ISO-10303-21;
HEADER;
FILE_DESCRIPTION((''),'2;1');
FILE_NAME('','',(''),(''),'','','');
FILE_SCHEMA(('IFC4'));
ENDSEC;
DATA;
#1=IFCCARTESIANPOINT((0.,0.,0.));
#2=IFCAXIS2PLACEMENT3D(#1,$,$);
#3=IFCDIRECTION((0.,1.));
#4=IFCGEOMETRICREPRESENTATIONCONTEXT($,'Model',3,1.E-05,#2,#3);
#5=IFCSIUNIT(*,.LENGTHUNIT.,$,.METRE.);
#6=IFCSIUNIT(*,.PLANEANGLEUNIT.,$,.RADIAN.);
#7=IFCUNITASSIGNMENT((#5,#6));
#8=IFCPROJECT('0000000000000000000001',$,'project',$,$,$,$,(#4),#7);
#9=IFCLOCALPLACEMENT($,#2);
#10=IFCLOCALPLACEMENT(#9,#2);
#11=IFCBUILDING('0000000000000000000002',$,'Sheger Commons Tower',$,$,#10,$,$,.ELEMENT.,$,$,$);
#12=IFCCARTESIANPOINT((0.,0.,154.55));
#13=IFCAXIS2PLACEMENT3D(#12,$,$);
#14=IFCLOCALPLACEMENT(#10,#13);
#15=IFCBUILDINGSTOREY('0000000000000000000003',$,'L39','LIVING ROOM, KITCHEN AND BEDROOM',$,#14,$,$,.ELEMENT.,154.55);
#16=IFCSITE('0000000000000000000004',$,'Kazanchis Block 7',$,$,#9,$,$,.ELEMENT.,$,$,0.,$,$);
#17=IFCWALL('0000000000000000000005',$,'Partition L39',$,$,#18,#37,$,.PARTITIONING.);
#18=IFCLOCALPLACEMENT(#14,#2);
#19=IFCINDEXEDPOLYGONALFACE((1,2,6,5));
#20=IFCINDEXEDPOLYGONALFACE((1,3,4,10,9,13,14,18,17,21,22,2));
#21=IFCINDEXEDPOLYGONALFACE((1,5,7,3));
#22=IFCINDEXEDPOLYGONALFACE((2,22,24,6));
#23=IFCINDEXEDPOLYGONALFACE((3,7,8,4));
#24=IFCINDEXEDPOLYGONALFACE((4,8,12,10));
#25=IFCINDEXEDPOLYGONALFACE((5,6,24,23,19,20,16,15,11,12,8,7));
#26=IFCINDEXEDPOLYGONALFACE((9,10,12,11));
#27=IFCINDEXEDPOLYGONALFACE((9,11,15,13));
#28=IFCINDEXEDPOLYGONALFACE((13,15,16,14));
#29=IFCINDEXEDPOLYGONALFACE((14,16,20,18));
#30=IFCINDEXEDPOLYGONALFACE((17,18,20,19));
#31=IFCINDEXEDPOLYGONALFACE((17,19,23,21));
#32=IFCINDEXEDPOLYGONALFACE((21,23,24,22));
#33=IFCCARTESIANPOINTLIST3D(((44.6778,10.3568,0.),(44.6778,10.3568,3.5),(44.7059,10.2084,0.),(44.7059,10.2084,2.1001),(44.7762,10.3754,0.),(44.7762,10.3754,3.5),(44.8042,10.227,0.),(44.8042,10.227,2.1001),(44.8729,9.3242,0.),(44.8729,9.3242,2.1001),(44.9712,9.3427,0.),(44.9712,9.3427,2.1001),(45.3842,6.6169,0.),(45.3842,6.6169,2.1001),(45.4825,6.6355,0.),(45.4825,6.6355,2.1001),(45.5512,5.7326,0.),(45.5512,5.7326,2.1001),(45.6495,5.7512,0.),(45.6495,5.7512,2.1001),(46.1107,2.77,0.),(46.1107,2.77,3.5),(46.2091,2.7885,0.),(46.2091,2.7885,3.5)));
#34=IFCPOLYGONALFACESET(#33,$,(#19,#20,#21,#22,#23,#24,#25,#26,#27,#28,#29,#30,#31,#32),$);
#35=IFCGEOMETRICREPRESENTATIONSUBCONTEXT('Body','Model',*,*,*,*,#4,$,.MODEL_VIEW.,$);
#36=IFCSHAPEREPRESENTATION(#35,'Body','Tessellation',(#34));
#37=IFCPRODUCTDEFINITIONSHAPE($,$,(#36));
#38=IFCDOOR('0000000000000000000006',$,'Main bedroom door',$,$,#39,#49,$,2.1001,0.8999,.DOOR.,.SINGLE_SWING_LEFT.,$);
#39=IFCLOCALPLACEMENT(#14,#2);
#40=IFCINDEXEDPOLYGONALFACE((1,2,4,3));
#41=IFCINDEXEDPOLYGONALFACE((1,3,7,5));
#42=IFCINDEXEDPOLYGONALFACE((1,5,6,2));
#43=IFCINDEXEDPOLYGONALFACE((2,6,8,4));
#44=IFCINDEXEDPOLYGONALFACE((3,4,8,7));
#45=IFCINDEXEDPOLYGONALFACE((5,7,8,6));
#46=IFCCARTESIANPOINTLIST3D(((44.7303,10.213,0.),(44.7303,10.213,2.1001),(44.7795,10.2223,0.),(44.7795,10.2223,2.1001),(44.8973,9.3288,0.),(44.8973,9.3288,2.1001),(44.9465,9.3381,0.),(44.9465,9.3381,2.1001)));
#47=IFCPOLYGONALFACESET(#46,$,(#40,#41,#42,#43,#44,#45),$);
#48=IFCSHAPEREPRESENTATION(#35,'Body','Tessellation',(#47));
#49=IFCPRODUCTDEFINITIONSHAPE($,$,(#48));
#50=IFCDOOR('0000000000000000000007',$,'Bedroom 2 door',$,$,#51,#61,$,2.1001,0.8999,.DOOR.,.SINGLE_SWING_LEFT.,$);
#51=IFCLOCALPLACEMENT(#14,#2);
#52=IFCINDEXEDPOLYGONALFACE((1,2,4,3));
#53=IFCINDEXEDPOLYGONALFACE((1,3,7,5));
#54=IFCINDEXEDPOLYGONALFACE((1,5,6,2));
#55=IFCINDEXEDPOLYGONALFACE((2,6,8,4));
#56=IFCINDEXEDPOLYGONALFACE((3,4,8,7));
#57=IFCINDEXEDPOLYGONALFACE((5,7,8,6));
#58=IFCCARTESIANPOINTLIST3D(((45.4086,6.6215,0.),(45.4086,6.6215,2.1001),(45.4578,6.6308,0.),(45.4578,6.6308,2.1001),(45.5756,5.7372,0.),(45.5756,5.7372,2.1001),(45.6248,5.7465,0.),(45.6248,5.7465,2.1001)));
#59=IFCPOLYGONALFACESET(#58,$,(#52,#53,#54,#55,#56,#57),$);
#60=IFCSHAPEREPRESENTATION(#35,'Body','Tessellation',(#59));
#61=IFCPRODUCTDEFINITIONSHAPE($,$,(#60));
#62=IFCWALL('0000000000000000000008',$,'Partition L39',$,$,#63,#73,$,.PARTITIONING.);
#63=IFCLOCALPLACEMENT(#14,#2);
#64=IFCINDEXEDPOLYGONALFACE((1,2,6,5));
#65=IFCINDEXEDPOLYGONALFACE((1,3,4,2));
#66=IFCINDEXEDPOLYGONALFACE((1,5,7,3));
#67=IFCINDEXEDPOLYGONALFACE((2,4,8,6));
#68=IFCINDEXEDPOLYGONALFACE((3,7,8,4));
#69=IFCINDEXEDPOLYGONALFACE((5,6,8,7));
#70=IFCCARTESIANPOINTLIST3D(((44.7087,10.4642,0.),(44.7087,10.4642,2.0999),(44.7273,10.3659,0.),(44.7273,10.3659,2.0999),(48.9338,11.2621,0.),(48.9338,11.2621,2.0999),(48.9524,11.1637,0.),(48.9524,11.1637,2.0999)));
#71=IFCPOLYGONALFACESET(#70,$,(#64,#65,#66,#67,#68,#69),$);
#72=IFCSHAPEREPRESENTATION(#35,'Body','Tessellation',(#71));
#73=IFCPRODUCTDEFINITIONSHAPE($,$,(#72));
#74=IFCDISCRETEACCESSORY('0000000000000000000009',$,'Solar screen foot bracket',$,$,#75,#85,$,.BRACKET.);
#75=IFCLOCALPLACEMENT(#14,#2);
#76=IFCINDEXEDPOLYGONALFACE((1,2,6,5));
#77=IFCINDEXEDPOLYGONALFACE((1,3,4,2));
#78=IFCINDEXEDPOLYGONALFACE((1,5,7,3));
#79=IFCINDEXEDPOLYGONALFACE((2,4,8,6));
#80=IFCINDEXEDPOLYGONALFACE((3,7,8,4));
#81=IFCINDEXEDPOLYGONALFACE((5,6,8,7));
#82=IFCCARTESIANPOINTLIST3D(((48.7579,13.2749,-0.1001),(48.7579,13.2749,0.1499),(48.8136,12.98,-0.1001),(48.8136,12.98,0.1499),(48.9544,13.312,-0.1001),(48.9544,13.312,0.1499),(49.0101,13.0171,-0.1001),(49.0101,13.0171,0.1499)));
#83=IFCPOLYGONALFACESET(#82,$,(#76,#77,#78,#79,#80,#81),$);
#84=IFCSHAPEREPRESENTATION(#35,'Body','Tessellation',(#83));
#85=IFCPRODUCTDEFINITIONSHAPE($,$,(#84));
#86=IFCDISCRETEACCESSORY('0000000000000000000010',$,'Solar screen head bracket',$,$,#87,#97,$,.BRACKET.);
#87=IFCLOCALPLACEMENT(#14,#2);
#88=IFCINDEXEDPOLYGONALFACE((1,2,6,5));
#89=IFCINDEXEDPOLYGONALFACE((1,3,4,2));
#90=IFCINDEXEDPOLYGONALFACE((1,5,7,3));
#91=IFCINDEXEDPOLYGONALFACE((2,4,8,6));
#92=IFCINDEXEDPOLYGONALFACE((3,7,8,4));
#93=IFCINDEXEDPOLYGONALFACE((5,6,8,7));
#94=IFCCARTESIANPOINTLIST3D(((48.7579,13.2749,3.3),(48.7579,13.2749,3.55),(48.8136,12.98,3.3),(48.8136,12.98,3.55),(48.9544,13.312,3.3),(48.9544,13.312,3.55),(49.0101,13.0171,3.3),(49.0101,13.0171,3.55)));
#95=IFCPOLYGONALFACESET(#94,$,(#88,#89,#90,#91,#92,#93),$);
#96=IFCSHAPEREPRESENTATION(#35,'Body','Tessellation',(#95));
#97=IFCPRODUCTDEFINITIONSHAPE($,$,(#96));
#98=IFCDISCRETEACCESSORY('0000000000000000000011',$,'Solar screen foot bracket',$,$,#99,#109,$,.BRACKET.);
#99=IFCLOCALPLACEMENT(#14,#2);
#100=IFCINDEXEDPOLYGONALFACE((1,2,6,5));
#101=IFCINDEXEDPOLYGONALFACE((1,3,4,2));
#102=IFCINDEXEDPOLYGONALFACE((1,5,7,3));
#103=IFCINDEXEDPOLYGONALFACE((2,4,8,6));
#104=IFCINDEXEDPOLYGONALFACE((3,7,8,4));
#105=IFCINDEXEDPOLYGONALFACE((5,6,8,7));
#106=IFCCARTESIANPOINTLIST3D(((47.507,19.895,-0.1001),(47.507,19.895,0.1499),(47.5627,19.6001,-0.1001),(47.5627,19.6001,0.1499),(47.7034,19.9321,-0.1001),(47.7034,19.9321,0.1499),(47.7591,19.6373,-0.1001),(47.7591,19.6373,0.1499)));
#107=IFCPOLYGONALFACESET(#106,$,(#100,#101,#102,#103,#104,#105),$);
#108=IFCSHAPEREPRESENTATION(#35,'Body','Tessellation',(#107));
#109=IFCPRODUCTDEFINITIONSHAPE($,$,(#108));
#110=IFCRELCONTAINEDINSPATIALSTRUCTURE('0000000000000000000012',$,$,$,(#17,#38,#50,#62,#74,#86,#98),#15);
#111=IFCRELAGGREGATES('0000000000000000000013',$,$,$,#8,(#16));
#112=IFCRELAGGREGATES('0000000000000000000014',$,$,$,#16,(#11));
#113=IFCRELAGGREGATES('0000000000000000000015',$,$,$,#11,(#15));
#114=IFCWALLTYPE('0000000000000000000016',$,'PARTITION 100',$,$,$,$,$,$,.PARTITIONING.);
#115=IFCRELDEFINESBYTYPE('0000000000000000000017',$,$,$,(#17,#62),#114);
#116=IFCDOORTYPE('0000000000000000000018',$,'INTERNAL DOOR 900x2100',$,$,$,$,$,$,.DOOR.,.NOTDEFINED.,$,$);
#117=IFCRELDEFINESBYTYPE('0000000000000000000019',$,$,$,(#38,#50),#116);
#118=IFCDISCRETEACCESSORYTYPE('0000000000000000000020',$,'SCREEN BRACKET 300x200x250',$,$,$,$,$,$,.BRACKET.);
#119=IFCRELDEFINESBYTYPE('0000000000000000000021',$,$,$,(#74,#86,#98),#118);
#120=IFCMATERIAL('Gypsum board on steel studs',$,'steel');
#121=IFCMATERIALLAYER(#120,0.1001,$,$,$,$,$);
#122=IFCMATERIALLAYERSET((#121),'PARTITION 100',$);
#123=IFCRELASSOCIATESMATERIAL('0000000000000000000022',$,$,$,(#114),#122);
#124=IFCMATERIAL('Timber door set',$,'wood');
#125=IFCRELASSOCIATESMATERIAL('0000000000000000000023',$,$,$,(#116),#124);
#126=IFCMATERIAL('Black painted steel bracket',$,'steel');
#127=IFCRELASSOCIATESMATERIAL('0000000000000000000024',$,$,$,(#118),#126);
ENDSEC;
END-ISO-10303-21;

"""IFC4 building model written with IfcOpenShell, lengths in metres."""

from ifc_helpers import new_model, si_unit, direction, frame, frame_2d, origin, origin_2d, place, context, subcontext, project, spatial, rectangle, extrude, material, layer, layer_set, type_object, element, fill, save


model = new_model("IFC4")

# Units and contexts
model_context = context("Model", 3, precision=1e-05, world=origin(), true_north=direction((0.0, 1.0)))
body_context = subcontext(model_context, "Body", "Model", "MODEL_VIEW")
ifc_project = project(units=[si_unit("LENGTHUNIT", "METRE"), si_unit("PLANEANGLEUNIT", "RADIAN")], contexts=[model_context])

# Site, building, storey
site_placement = place(None, origin())
site = spatial("IfcSite", under=ifc_project, at=site_placement, Name="Kazanchis Block 7", CompositionType="ELEMENT", RefElevation=0.0)
building_placement = place(site_placement, origin())
building = spatial("IfcBuilding", under=site, at=building_placement, Name="Sheger Commons Tower", CompositionType="ELEMENT")
storey_placement = place(building_placement, frame((0.0, 0.0, 154.55)))
storey = spatial("IfcBuildingStorey", under=building, at=storey_placement, Name="L39", Description="LIVING ROOM, KITCHEN AND BEDROOM", CompositionType="ELEMENT", Elevation=154.55)

# Shared definitions
ifc_material_1 = material(Name="Gypsum board on steel studs", Category="steel")
ifc_layer_1 = layer(ifc_material_1, 0.1001)
ifc_layer_set_1 = layer_set([ifc_layer_1], Name="PARTITION 100")
wall_type_1 = type_object("IfcWallType", Name="PARTITION 100", PredefinedType="PARTITIONING", material=ifc_layer_set_1)

# Shared definitions
ifc_material_2 = material(Name="Timber door set", Category="wood")
door_type = type_object("IfcDoorType", Name="INTERNAL DOOR 900x2100", OperationType="NOTDEFINED", PredefinedType="DOOR", material=ifc_material_2)

# Wall, openings, doors
wall_1_placement = place(storey_placement, frame((44.7271, 10.366, 0.0), z_axis=(0.0, 0.0, 1.0), x_axis=(0.185579, -0.982629, 0.0)))
wall_1 = element("IfcWall", 1, at=wall_1_placement, inside=storey, type_object=wall_type_1, Name="Partition L39", PredefinedType="PARTITIONING", context=body_context, shape_type="SweptSolid", body=[
    extrude(rectangle(XDim=7.7209, YDim=0.1001, at=frame_2d((3.8604, 0.0))), origin(), (0.0, 0.0, 1.0), 3.5),
])
opening_1_placement = place(wall_1_placement, frame((0.1509, 0.0, 0.0)))
opening_1 = element("IfcOpeningElement", 2, at=opening_1_placement, cuts=wall_1, PredefinedType="OPENING", context=body_context, shape_type="SweptSolid", body=[
    extrude(rectangle(XDim=0.8999, YDim=2.1001, at=frame_2d((0.45, 1.05))), frame((0.0, 0.0601, 0.0), z_axis=(0.0, -1.0, 0.0), x_axis=(1.0, 0.0, 0.0)), (0.0, 0.0, 1.0), 0.1201),
])
opening_2_placement = place(wall_1_placement, frame((3.8059, 0.0, 0.0)))
opening_2 = element("IfcOpeningElement", 3, at=opening_2_placement, cuts=wall_1, PredefinedType="OPENING", context=body_context, shape_type="SweptSolid", body=[
    extrude(rectangle(XDim=0.8999, YDim=2.1001, at=frame_2d((0.45, 1.05))), frame((0.0, 0.0601, 0.0), z_axis=(0.0, -1.0, 0.0), x_axis=(1.0, 0.0, 0.0)), (0.0, 0.0, 1.0), 0.1201),
])
door_1_placement = place(opening_1_placement, origin())
door_1 = element("IfcDoor", 4, at=door_1_placement, inside=storey, type_object=door_type, Name="Main bedroom door", OperationType="SINGLE_SWING_LEFT", OverallHeight=2.1001, OverallWidth=0.8999, PredefinedType="DOOR", context=body_context, shape_type="SweptSolid", body=[
    extrude(rectangle(XDim=0.8999, YDim=2.1001, at=frame_2d((0.45, 1.05))), frame((0.0, 0.0249, 0.0), z_axis=(0.0, -1.0, 0.0), x_axis=(1.0, 0.0, 0.0)), (0.0, 0.0, 1.0), 0.05),
])
fill(opening_1, door_1)
door_2_placement = place(opening_2_placement, origin())
door_2 = element("IfcDoor", 5, at=door_2_placement, inside=storey, type_object=door_type, Name="Bedroom 2 door", OperationType="SINGLE_SWING_LEFT", OverallHeight=2.1001, OverallWidth=0.8999, PredefinedType="DOOR", context=body_context, shape_type="SweptSolid", body=[
    extrude(rectangle(XDim=0.8999, YDim=2.1001, at=frame_2d((0.45, 1.05))), frame((0.0, 0.0249, 0.0), z_axis=(0.0, -1.0, 0.0), x_axis=(1.0, 0.0, 0.0)), (0.0, 0.0, 1.0), 0.05),
])
fill(opening_2, door_2)

# Wall
wall_2_placement = place(storey_placement, frame((48.9431, 11.2129, 0.0), z_axis=(0.0, 0.0, 1.0), x_axis=(-0.982634, -0.185557, 0.0)))
element("IfcWall", 6, at=wall_2_placement, inside=storey, type_object=wall_type_1, Name="Partition L39", PredefinedType="PARTITIONING", context=body_context, shape_type="SweptSolid", body=[
    extrude(rectangle(XDim=4.2998, YDim=0.1001, at=frame_2d((2.1499, 0.0))), origin(), (0.0, 0.0, 1.0), 2.0999),
])

# Discrete accessories
ifc_material_3 = material(Name="Black painted steel bracket", Category="steel")
discrete_accessory_type = type_object("IfcDiscreteAccessoryType", Name="SCREEN BRACKET 300x200x250", PredefinedType="BRACKET", material=ifc_material_3)
for number, where, z_axis, x_axis, name in (
    (7, (48.884, 13.146, -0.1001), (0.0, 0.0, 1.0), (-0.185615, 0.982623, 0.0), "Solar screen foot bracket"),
    (8, (48.884, 13.146, 3.3), (0.0, 0.0, 1.0), (-0.185615, 0.982623, 0.0), "Solar screen head bracket"),
    (9, (47.6331, 19.7661, -0.1001), (0.0, 0.0, 1.0), (-0.185615, 0.982623, 0.0), "Solar screen foot bracket"),
):
    element("IfcDiscreteAccessory", number, at=place(storey_placement, frame(where, z_axis=z_axis, x_axis=x_axis)), inside=storey, type_object=discrete_accessory_type, Name=name, PredefinedType="BRACKET", context=body_context, shape_type="SweptSolid", body=[
        extrude(rectangle(XDim=0.3, YDim=0.2, at=origin_2d()), origin(), (0.0, 0.0, 1.0), 0.25),
    ])

save(model, "model.ifc")
